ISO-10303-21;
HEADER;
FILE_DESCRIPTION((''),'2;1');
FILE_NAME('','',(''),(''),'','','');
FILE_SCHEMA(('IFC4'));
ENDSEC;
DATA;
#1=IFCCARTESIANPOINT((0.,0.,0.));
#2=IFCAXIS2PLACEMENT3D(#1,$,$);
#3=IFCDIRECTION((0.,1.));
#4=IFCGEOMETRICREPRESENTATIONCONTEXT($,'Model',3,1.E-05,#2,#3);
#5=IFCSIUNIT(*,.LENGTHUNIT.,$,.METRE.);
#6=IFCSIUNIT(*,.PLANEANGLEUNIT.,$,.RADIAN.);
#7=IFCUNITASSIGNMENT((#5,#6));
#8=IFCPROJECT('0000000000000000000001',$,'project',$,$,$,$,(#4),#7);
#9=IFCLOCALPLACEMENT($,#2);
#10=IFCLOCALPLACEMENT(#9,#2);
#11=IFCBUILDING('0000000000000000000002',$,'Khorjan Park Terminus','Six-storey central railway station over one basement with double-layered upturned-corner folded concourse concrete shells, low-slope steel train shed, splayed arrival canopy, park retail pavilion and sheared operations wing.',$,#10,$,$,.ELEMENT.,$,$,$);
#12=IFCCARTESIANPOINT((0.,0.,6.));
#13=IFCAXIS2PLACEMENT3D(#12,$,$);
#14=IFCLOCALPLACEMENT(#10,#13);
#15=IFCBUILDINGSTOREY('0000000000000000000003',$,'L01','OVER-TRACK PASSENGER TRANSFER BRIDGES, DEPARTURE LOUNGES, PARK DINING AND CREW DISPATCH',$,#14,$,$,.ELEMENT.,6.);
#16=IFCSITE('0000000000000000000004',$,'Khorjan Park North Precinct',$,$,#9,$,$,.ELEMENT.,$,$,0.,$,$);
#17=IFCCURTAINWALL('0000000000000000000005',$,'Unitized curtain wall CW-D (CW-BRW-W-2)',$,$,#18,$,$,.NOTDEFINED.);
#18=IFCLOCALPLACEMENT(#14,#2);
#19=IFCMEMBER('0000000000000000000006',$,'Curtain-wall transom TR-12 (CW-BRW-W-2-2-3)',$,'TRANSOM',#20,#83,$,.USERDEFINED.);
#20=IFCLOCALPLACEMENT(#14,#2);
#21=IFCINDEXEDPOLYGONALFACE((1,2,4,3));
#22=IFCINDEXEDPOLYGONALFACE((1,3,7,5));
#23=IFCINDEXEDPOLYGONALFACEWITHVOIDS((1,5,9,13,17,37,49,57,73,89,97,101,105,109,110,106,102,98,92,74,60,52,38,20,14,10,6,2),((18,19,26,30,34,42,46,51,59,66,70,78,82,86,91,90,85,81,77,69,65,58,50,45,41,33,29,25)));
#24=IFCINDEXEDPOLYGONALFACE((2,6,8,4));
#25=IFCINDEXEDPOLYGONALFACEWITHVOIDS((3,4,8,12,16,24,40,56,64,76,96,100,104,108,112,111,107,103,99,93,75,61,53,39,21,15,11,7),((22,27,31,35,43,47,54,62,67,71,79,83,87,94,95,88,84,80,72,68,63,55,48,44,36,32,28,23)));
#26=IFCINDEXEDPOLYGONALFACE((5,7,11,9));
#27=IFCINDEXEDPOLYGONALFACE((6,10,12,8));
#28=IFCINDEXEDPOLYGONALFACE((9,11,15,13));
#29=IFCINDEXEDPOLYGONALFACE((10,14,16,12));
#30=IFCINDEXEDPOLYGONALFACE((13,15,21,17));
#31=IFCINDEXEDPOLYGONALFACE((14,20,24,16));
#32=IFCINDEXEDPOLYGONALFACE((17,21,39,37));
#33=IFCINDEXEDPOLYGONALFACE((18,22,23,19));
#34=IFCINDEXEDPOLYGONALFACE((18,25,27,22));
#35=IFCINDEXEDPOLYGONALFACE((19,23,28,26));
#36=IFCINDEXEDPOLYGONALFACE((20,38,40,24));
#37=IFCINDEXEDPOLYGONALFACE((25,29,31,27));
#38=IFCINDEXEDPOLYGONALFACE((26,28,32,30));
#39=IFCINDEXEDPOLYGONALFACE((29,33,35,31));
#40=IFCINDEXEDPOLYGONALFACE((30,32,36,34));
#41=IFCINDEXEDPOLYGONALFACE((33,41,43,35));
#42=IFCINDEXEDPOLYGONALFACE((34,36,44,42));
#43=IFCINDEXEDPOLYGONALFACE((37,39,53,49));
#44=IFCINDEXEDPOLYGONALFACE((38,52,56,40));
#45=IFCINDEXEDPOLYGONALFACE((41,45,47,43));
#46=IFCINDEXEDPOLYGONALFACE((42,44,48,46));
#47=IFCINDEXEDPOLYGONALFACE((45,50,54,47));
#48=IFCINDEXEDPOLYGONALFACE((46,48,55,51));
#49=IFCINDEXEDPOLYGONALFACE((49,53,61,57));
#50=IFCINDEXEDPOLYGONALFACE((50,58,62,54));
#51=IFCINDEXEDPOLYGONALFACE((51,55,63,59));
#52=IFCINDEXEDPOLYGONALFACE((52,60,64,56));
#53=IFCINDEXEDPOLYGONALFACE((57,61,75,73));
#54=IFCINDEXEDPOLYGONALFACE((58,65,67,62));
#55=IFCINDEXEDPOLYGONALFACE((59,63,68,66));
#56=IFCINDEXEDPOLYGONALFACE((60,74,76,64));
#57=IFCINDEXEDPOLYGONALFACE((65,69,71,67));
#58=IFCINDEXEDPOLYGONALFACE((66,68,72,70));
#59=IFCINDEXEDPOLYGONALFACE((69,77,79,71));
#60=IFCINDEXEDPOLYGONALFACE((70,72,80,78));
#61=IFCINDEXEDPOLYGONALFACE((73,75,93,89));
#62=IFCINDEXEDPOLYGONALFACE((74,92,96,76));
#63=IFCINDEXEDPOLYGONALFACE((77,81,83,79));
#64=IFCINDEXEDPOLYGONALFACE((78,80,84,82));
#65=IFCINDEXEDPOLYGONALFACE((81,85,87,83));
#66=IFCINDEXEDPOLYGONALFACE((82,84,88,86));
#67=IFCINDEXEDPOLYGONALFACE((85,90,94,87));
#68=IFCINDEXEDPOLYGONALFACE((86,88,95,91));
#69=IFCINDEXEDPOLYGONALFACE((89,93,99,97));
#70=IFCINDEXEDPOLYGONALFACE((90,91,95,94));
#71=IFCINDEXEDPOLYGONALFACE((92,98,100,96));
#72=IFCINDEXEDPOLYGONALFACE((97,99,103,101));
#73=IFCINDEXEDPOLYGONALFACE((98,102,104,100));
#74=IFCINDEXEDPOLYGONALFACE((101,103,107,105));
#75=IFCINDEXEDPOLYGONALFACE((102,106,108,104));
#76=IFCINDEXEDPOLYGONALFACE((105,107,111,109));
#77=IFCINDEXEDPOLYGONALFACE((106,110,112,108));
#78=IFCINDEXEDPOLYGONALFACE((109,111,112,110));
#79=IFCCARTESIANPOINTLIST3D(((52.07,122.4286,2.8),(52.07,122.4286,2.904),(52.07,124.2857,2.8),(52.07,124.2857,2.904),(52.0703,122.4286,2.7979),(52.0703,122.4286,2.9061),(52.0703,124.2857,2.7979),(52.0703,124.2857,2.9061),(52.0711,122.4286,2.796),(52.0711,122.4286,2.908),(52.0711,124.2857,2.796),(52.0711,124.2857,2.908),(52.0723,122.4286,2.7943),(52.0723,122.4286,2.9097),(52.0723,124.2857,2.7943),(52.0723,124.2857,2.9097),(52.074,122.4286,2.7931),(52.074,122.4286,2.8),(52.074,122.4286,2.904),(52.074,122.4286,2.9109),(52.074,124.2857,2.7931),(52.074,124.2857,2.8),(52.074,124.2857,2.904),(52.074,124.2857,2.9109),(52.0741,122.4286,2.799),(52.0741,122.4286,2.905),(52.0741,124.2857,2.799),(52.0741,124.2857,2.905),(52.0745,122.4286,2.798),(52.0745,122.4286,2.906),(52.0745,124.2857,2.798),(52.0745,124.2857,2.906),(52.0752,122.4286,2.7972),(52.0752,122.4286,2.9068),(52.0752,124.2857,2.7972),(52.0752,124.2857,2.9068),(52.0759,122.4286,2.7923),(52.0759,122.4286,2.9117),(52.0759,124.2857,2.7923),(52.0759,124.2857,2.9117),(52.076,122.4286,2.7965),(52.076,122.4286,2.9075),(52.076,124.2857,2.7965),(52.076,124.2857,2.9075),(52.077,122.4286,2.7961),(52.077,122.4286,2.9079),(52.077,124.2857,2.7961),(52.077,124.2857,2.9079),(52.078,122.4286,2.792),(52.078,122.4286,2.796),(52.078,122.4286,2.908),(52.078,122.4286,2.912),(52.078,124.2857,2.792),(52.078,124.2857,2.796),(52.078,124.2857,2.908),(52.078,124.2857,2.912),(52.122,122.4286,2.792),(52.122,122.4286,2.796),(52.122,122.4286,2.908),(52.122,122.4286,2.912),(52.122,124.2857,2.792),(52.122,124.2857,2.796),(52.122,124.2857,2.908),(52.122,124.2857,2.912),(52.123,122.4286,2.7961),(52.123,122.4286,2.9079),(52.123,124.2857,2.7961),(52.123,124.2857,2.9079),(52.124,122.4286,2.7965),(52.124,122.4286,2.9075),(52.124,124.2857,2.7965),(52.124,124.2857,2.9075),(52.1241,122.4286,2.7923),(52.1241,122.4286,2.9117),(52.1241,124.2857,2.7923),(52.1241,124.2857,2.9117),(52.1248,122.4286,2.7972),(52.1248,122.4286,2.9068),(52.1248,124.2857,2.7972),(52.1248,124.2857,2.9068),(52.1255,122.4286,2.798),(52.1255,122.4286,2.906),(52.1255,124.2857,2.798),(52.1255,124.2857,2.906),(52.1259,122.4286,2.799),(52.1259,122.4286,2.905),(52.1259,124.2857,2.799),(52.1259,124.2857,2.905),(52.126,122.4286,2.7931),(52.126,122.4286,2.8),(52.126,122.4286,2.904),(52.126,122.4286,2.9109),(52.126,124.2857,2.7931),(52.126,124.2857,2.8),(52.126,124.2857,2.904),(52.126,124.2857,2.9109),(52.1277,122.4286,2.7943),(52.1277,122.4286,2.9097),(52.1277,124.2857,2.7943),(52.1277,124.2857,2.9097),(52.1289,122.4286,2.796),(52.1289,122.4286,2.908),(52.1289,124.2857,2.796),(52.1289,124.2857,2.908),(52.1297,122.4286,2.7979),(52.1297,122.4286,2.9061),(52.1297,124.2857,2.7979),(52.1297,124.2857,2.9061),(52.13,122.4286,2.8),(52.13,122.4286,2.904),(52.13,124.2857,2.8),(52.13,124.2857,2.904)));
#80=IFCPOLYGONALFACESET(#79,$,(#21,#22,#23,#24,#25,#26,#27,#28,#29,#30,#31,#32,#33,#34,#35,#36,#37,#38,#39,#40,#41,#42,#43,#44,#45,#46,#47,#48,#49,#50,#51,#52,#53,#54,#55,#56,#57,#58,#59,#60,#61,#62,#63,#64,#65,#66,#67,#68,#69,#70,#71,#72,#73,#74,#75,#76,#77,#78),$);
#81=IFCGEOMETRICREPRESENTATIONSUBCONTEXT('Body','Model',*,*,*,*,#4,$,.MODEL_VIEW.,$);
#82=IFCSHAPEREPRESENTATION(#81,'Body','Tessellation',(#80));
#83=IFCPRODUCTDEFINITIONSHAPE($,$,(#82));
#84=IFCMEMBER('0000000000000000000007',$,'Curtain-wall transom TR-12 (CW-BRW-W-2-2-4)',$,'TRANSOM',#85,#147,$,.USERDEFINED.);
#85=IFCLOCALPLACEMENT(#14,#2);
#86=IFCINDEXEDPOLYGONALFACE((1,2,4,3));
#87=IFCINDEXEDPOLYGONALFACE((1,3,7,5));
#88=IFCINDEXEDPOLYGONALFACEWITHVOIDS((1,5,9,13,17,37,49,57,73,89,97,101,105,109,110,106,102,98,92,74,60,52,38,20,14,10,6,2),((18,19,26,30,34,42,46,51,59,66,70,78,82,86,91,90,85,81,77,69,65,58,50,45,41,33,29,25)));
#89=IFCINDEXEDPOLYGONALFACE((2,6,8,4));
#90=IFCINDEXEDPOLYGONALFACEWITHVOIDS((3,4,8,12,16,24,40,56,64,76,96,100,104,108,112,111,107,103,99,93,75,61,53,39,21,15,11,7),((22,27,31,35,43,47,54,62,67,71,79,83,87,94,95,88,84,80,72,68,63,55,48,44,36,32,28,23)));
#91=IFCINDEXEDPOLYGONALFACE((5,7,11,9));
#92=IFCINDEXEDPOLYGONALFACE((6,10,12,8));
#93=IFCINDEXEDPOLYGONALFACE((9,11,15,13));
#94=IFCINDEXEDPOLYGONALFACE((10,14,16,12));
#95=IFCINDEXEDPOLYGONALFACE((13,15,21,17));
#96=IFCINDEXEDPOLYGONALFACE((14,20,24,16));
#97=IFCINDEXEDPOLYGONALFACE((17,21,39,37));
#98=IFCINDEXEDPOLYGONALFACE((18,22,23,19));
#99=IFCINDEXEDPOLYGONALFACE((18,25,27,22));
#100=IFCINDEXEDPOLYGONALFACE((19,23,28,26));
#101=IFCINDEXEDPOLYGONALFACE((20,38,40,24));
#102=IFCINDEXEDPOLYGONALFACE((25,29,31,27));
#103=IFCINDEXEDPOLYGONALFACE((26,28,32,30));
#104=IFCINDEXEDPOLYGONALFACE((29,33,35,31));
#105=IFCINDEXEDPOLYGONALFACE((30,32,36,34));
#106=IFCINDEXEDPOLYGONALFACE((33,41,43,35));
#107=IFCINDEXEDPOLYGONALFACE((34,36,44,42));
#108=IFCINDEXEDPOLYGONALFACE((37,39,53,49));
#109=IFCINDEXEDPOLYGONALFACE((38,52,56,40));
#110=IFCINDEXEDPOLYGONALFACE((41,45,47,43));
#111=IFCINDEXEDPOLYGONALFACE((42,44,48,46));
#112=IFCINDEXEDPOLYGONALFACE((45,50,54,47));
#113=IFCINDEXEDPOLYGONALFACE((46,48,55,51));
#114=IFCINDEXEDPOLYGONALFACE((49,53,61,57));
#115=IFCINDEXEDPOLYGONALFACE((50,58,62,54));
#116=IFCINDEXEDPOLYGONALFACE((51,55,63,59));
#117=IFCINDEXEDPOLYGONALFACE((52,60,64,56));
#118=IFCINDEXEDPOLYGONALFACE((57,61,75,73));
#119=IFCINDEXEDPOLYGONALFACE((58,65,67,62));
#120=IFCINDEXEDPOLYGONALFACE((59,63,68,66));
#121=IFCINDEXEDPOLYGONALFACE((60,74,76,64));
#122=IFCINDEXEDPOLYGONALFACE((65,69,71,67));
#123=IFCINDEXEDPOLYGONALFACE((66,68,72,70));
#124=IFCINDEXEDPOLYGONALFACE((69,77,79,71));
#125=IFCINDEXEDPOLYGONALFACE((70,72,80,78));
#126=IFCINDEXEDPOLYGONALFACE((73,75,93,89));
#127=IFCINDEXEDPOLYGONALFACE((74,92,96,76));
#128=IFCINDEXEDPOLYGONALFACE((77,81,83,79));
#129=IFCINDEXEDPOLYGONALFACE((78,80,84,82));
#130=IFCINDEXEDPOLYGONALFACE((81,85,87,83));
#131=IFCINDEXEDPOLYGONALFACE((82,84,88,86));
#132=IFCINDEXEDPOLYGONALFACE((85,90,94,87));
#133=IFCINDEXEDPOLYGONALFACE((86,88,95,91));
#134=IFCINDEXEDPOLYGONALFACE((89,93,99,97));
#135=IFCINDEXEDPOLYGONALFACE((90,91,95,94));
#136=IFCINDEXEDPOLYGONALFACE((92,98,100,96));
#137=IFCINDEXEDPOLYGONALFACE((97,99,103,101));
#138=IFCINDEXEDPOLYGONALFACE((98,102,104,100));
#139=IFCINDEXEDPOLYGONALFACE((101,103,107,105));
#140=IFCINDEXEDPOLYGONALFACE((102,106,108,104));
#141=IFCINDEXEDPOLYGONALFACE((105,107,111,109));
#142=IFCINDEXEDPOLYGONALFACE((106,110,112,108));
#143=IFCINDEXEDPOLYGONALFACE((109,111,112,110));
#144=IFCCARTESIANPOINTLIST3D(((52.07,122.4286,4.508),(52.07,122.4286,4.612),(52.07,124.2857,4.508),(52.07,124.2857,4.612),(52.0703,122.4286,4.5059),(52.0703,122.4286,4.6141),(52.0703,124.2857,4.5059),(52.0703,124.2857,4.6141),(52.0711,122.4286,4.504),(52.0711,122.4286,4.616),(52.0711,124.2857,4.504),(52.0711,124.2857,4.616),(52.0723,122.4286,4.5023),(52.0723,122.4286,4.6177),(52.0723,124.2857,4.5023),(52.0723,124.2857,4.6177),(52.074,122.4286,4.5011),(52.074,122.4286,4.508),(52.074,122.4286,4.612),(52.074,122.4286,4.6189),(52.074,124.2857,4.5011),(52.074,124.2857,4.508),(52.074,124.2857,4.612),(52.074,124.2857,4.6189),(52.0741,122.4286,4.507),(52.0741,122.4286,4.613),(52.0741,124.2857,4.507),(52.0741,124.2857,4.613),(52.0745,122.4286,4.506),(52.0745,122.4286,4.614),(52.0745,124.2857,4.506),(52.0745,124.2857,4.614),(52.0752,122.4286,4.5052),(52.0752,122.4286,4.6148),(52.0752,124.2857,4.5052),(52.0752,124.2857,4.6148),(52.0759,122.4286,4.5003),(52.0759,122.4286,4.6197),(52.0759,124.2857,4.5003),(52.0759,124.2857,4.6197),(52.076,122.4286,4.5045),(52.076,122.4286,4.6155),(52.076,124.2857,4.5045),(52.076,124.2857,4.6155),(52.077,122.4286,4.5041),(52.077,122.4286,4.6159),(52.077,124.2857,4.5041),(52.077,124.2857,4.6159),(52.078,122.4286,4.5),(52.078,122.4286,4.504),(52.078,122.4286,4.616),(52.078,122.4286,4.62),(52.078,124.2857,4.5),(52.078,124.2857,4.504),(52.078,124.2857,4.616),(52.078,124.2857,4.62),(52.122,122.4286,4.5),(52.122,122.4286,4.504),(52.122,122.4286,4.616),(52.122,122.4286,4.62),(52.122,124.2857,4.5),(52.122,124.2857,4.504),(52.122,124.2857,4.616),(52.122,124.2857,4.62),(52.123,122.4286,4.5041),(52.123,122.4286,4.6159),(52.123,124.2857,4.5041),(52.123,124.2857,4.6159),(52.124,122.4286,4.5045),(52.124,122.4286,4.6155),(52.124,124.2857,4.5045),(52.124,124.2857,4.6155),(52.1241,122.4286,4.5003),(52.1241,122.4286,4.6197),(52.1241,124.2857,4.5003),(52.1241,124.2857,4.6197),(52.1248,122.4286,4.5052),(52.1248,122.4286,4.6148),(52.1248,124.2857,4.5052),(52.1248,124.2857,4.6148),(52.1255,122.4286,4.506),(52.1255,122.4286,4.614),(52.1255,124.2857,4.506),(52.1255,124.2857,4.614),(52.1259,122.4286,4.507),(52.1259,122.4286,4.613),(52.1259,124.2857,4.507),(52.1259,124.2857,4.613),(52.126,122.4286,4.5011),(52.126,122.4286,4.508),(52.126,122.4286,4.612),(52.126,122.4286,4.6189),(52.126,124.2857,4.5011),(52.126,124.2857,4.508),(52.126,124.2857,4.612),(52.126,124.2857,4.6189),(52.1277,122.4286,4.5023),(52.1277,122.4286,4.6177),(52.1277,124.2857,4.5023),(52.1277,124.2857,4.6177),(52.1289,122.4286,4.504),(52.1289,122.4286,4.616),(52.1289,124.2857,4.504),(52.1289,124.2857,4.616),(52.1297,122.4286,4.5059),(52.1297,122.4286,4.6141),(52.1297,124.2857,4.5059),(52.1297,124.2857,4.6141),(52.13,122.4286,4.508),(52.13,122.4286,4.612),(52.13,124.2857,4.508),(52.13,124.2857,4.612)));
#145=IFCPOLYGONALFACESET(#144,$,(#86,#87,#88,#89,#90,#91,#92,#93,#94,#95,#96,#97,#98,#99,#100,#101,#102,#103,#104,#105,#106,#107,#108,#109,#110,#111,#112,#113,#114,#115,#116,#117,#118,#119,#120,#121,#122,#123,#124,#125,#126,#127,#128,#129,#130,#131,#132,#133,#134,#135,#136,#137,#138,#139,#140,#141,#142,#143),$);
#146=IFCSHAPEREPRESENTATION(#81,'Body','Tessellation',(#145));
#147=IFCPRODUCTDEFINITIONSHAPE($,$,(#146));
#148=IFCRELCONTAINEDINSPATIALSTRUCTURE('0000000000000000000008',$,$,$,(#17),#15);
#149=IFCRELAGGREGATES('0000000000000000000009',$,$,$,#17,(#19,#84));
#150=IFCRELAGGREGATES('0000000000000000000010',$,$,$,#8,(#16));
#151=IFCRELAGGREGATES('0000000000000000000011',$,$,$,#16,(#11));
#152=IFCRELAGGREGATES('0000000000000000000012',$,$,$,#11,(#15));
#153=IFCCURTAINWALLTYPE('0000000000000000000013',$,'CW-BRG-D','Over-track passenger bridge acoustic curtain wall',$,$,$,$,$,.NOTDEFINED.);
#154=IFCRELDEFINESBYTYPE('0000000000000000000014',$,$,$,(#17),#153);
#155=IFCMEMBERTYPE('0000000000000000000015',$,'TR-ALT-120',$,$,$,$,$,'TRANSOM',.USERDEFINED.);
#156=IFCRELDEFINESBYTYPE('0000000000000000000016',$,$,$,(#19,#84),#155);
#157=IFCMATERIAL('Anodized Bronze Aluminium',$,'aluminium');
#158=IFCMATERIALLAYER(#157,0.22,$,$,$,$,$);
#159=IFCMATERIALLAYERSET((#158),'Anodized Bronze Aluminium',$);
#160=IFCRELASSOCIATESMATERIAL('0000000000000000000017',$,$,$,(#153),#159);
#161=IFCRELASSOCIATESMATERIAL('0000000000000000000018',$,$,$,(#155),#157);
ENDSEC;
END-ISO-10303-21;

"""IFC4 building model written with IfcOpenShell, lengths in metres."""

from ifc_helpers import new_model, si_unit, direction, frame, origin, origin_2d, place, context, subcontext, project, spatial, hollow_rectangle, extrude, material, layer, layer_set, material_profile, profile_set, type_object, element, aggregate, save


model = new_model("IFC4")

# Units and contexts
model_context = context("Model", 3, precision=1e-05, world=origin(), true_north=direction((0.0, 1.0)))
body_context = subcontext(model_context, "Body", "Model", "MODEL_VIEW")
ifc_project = project(units=[si_unit("LENGTHUNIT", "METRE"), si_unit("PLANEANGLEUNIT", "RADIAN")], contexts=[model_context])

# Site, building, storey
site_placement = place(None, origin())
site = spatial("IfcSite", under=ifc_project, at=site_placement, Name="Khorjan Park North Precinct", CompositionType="ELEMENT", RefElevation=0.0)
building_placement = place(site_placement, origin())
building = spatial("IfcBuilding", under=site, at=building_placement, Name="Khorjan Park Terminus", Description="Six-storey central railway station over one basement with double-layered upturned-corner folded concourse concrete shells, low-slope steel train shed, splayed arrival canopy, park retail pavilion and sheared operations wing.", CompositionType="ELEMENT")
storey_placement = place(building_placement, frame((0.0, 0.0, 6.0)))
storey = spatial("IfcBuildingStorey", under=building, at=storey_placement, Name="L01", Description="OVER-TRACK PASSENGER TRANSFER BRIDGES, DEPARTURE LOUNGES, PARK DINING AND CREW DISPATCH", CompositionType="ELEMENT", Elevation=6.0)

# Curtain wall
ifc_material_1 = material(Name="Anodized Bronze Aluminium", Category="aluminium")
ifc_layer_1 = layer(ifc_material_1, 0.22)
ifc_layer_set_1 = layer_set([ifc_layer_1], Name="Anodized Bronze Aluminium")
curtain_wall_type = type_object("IfcCurtainWallType", Name="CW-BRG-D", Description="Over-track passenger bridge acoustic curtain wall", PredefinedType="NOTDEFINED", material=ifc_layer_set_1)
curtain_wall_1_placement = place(storey_placement, origin())
curtain_wall_1 = element("IfcCurtainWall", 1, at=curtain_wall_1_placement, inside=storey, type_object=curtain_wall_type, Name="Unitized curtain wall CW-D (CW-BRW-W-2)", PredefinedType="NOTDEFINED")

# Members
ifc_material_profile_1 = material_profile(ifc_material_1, hollow_rectangle(XDim=0.06, YDim=0.12, WallThickness=0.004, InnerFilletRadius=0.004, OuterFilletRadius=0.008, at=origin_2d()), Name="ALT 60x120x4")
ifc_profile_set_1 = profile_set([ifc_material_profile_1], Name="Anodized Bronze Aluminium")
member_type_1 = type_object("IfcMemberType", Name="TR-ALT-120", ElementType="TRANSOM", PredefinedType="USERDEFINED", material=ifc_profile_set_1)
member_1_placement = place(storey_placement, frame((52.1, 124.2857, 2.852), z_axis=(0.0, -1.0, 0.0), x_axis=(1.0, 0.0, 0.0)))
member_1 = element("IfcMember", 2, at=member_1_placement, type_object=member_type_1, Name="Curtain-wall transom TR-12 (CW-BRW-W-2-2-3)", ObjectType="TRANSOM", PredefinedType="USERDEFINED", context=body_context, shape_type="SweptSolid", body=[
    extrude(hollow_rectangle(XDim=0.06, YDim=0.12, WallThickness=0.004, InnerFilletRadius=0.004, OuterFilletRadius=0.008, at=origin_2d()), origin(), (0.0, 0.0, 1.0), 1.8571),
])
member_2_placement = place(storey_placement, frame((52.1, 124.2857, 4.56), z_axis=(0.0, -1.0, 0.0), x_axis=(1.0, 0.0, 0.0)))
member_2 = element("IfcMember", 3, at=member_2_placement, type_object=member_type_1, Name="Curtain-wall transom TR-12 (CW-BRW-W-2-2-4)", ObjectType="TRANSOM", PredefinedType="USERDEFINED", context=body_context, shape_type="SweptSolid", body=[
    extrude(hollow_rectangle(XDim=0.06, YDim=0.12, WallThickness=0.004, InnerFilletRadius=0.004, OuterFilletRadius=0.008, at=origin_2d()), origin(), (0.0, 0.0, 1.0), 1.8571),
])

aggregate(curtain_wall_1, [member_1, member_2])

save(model, "model.ifc")
